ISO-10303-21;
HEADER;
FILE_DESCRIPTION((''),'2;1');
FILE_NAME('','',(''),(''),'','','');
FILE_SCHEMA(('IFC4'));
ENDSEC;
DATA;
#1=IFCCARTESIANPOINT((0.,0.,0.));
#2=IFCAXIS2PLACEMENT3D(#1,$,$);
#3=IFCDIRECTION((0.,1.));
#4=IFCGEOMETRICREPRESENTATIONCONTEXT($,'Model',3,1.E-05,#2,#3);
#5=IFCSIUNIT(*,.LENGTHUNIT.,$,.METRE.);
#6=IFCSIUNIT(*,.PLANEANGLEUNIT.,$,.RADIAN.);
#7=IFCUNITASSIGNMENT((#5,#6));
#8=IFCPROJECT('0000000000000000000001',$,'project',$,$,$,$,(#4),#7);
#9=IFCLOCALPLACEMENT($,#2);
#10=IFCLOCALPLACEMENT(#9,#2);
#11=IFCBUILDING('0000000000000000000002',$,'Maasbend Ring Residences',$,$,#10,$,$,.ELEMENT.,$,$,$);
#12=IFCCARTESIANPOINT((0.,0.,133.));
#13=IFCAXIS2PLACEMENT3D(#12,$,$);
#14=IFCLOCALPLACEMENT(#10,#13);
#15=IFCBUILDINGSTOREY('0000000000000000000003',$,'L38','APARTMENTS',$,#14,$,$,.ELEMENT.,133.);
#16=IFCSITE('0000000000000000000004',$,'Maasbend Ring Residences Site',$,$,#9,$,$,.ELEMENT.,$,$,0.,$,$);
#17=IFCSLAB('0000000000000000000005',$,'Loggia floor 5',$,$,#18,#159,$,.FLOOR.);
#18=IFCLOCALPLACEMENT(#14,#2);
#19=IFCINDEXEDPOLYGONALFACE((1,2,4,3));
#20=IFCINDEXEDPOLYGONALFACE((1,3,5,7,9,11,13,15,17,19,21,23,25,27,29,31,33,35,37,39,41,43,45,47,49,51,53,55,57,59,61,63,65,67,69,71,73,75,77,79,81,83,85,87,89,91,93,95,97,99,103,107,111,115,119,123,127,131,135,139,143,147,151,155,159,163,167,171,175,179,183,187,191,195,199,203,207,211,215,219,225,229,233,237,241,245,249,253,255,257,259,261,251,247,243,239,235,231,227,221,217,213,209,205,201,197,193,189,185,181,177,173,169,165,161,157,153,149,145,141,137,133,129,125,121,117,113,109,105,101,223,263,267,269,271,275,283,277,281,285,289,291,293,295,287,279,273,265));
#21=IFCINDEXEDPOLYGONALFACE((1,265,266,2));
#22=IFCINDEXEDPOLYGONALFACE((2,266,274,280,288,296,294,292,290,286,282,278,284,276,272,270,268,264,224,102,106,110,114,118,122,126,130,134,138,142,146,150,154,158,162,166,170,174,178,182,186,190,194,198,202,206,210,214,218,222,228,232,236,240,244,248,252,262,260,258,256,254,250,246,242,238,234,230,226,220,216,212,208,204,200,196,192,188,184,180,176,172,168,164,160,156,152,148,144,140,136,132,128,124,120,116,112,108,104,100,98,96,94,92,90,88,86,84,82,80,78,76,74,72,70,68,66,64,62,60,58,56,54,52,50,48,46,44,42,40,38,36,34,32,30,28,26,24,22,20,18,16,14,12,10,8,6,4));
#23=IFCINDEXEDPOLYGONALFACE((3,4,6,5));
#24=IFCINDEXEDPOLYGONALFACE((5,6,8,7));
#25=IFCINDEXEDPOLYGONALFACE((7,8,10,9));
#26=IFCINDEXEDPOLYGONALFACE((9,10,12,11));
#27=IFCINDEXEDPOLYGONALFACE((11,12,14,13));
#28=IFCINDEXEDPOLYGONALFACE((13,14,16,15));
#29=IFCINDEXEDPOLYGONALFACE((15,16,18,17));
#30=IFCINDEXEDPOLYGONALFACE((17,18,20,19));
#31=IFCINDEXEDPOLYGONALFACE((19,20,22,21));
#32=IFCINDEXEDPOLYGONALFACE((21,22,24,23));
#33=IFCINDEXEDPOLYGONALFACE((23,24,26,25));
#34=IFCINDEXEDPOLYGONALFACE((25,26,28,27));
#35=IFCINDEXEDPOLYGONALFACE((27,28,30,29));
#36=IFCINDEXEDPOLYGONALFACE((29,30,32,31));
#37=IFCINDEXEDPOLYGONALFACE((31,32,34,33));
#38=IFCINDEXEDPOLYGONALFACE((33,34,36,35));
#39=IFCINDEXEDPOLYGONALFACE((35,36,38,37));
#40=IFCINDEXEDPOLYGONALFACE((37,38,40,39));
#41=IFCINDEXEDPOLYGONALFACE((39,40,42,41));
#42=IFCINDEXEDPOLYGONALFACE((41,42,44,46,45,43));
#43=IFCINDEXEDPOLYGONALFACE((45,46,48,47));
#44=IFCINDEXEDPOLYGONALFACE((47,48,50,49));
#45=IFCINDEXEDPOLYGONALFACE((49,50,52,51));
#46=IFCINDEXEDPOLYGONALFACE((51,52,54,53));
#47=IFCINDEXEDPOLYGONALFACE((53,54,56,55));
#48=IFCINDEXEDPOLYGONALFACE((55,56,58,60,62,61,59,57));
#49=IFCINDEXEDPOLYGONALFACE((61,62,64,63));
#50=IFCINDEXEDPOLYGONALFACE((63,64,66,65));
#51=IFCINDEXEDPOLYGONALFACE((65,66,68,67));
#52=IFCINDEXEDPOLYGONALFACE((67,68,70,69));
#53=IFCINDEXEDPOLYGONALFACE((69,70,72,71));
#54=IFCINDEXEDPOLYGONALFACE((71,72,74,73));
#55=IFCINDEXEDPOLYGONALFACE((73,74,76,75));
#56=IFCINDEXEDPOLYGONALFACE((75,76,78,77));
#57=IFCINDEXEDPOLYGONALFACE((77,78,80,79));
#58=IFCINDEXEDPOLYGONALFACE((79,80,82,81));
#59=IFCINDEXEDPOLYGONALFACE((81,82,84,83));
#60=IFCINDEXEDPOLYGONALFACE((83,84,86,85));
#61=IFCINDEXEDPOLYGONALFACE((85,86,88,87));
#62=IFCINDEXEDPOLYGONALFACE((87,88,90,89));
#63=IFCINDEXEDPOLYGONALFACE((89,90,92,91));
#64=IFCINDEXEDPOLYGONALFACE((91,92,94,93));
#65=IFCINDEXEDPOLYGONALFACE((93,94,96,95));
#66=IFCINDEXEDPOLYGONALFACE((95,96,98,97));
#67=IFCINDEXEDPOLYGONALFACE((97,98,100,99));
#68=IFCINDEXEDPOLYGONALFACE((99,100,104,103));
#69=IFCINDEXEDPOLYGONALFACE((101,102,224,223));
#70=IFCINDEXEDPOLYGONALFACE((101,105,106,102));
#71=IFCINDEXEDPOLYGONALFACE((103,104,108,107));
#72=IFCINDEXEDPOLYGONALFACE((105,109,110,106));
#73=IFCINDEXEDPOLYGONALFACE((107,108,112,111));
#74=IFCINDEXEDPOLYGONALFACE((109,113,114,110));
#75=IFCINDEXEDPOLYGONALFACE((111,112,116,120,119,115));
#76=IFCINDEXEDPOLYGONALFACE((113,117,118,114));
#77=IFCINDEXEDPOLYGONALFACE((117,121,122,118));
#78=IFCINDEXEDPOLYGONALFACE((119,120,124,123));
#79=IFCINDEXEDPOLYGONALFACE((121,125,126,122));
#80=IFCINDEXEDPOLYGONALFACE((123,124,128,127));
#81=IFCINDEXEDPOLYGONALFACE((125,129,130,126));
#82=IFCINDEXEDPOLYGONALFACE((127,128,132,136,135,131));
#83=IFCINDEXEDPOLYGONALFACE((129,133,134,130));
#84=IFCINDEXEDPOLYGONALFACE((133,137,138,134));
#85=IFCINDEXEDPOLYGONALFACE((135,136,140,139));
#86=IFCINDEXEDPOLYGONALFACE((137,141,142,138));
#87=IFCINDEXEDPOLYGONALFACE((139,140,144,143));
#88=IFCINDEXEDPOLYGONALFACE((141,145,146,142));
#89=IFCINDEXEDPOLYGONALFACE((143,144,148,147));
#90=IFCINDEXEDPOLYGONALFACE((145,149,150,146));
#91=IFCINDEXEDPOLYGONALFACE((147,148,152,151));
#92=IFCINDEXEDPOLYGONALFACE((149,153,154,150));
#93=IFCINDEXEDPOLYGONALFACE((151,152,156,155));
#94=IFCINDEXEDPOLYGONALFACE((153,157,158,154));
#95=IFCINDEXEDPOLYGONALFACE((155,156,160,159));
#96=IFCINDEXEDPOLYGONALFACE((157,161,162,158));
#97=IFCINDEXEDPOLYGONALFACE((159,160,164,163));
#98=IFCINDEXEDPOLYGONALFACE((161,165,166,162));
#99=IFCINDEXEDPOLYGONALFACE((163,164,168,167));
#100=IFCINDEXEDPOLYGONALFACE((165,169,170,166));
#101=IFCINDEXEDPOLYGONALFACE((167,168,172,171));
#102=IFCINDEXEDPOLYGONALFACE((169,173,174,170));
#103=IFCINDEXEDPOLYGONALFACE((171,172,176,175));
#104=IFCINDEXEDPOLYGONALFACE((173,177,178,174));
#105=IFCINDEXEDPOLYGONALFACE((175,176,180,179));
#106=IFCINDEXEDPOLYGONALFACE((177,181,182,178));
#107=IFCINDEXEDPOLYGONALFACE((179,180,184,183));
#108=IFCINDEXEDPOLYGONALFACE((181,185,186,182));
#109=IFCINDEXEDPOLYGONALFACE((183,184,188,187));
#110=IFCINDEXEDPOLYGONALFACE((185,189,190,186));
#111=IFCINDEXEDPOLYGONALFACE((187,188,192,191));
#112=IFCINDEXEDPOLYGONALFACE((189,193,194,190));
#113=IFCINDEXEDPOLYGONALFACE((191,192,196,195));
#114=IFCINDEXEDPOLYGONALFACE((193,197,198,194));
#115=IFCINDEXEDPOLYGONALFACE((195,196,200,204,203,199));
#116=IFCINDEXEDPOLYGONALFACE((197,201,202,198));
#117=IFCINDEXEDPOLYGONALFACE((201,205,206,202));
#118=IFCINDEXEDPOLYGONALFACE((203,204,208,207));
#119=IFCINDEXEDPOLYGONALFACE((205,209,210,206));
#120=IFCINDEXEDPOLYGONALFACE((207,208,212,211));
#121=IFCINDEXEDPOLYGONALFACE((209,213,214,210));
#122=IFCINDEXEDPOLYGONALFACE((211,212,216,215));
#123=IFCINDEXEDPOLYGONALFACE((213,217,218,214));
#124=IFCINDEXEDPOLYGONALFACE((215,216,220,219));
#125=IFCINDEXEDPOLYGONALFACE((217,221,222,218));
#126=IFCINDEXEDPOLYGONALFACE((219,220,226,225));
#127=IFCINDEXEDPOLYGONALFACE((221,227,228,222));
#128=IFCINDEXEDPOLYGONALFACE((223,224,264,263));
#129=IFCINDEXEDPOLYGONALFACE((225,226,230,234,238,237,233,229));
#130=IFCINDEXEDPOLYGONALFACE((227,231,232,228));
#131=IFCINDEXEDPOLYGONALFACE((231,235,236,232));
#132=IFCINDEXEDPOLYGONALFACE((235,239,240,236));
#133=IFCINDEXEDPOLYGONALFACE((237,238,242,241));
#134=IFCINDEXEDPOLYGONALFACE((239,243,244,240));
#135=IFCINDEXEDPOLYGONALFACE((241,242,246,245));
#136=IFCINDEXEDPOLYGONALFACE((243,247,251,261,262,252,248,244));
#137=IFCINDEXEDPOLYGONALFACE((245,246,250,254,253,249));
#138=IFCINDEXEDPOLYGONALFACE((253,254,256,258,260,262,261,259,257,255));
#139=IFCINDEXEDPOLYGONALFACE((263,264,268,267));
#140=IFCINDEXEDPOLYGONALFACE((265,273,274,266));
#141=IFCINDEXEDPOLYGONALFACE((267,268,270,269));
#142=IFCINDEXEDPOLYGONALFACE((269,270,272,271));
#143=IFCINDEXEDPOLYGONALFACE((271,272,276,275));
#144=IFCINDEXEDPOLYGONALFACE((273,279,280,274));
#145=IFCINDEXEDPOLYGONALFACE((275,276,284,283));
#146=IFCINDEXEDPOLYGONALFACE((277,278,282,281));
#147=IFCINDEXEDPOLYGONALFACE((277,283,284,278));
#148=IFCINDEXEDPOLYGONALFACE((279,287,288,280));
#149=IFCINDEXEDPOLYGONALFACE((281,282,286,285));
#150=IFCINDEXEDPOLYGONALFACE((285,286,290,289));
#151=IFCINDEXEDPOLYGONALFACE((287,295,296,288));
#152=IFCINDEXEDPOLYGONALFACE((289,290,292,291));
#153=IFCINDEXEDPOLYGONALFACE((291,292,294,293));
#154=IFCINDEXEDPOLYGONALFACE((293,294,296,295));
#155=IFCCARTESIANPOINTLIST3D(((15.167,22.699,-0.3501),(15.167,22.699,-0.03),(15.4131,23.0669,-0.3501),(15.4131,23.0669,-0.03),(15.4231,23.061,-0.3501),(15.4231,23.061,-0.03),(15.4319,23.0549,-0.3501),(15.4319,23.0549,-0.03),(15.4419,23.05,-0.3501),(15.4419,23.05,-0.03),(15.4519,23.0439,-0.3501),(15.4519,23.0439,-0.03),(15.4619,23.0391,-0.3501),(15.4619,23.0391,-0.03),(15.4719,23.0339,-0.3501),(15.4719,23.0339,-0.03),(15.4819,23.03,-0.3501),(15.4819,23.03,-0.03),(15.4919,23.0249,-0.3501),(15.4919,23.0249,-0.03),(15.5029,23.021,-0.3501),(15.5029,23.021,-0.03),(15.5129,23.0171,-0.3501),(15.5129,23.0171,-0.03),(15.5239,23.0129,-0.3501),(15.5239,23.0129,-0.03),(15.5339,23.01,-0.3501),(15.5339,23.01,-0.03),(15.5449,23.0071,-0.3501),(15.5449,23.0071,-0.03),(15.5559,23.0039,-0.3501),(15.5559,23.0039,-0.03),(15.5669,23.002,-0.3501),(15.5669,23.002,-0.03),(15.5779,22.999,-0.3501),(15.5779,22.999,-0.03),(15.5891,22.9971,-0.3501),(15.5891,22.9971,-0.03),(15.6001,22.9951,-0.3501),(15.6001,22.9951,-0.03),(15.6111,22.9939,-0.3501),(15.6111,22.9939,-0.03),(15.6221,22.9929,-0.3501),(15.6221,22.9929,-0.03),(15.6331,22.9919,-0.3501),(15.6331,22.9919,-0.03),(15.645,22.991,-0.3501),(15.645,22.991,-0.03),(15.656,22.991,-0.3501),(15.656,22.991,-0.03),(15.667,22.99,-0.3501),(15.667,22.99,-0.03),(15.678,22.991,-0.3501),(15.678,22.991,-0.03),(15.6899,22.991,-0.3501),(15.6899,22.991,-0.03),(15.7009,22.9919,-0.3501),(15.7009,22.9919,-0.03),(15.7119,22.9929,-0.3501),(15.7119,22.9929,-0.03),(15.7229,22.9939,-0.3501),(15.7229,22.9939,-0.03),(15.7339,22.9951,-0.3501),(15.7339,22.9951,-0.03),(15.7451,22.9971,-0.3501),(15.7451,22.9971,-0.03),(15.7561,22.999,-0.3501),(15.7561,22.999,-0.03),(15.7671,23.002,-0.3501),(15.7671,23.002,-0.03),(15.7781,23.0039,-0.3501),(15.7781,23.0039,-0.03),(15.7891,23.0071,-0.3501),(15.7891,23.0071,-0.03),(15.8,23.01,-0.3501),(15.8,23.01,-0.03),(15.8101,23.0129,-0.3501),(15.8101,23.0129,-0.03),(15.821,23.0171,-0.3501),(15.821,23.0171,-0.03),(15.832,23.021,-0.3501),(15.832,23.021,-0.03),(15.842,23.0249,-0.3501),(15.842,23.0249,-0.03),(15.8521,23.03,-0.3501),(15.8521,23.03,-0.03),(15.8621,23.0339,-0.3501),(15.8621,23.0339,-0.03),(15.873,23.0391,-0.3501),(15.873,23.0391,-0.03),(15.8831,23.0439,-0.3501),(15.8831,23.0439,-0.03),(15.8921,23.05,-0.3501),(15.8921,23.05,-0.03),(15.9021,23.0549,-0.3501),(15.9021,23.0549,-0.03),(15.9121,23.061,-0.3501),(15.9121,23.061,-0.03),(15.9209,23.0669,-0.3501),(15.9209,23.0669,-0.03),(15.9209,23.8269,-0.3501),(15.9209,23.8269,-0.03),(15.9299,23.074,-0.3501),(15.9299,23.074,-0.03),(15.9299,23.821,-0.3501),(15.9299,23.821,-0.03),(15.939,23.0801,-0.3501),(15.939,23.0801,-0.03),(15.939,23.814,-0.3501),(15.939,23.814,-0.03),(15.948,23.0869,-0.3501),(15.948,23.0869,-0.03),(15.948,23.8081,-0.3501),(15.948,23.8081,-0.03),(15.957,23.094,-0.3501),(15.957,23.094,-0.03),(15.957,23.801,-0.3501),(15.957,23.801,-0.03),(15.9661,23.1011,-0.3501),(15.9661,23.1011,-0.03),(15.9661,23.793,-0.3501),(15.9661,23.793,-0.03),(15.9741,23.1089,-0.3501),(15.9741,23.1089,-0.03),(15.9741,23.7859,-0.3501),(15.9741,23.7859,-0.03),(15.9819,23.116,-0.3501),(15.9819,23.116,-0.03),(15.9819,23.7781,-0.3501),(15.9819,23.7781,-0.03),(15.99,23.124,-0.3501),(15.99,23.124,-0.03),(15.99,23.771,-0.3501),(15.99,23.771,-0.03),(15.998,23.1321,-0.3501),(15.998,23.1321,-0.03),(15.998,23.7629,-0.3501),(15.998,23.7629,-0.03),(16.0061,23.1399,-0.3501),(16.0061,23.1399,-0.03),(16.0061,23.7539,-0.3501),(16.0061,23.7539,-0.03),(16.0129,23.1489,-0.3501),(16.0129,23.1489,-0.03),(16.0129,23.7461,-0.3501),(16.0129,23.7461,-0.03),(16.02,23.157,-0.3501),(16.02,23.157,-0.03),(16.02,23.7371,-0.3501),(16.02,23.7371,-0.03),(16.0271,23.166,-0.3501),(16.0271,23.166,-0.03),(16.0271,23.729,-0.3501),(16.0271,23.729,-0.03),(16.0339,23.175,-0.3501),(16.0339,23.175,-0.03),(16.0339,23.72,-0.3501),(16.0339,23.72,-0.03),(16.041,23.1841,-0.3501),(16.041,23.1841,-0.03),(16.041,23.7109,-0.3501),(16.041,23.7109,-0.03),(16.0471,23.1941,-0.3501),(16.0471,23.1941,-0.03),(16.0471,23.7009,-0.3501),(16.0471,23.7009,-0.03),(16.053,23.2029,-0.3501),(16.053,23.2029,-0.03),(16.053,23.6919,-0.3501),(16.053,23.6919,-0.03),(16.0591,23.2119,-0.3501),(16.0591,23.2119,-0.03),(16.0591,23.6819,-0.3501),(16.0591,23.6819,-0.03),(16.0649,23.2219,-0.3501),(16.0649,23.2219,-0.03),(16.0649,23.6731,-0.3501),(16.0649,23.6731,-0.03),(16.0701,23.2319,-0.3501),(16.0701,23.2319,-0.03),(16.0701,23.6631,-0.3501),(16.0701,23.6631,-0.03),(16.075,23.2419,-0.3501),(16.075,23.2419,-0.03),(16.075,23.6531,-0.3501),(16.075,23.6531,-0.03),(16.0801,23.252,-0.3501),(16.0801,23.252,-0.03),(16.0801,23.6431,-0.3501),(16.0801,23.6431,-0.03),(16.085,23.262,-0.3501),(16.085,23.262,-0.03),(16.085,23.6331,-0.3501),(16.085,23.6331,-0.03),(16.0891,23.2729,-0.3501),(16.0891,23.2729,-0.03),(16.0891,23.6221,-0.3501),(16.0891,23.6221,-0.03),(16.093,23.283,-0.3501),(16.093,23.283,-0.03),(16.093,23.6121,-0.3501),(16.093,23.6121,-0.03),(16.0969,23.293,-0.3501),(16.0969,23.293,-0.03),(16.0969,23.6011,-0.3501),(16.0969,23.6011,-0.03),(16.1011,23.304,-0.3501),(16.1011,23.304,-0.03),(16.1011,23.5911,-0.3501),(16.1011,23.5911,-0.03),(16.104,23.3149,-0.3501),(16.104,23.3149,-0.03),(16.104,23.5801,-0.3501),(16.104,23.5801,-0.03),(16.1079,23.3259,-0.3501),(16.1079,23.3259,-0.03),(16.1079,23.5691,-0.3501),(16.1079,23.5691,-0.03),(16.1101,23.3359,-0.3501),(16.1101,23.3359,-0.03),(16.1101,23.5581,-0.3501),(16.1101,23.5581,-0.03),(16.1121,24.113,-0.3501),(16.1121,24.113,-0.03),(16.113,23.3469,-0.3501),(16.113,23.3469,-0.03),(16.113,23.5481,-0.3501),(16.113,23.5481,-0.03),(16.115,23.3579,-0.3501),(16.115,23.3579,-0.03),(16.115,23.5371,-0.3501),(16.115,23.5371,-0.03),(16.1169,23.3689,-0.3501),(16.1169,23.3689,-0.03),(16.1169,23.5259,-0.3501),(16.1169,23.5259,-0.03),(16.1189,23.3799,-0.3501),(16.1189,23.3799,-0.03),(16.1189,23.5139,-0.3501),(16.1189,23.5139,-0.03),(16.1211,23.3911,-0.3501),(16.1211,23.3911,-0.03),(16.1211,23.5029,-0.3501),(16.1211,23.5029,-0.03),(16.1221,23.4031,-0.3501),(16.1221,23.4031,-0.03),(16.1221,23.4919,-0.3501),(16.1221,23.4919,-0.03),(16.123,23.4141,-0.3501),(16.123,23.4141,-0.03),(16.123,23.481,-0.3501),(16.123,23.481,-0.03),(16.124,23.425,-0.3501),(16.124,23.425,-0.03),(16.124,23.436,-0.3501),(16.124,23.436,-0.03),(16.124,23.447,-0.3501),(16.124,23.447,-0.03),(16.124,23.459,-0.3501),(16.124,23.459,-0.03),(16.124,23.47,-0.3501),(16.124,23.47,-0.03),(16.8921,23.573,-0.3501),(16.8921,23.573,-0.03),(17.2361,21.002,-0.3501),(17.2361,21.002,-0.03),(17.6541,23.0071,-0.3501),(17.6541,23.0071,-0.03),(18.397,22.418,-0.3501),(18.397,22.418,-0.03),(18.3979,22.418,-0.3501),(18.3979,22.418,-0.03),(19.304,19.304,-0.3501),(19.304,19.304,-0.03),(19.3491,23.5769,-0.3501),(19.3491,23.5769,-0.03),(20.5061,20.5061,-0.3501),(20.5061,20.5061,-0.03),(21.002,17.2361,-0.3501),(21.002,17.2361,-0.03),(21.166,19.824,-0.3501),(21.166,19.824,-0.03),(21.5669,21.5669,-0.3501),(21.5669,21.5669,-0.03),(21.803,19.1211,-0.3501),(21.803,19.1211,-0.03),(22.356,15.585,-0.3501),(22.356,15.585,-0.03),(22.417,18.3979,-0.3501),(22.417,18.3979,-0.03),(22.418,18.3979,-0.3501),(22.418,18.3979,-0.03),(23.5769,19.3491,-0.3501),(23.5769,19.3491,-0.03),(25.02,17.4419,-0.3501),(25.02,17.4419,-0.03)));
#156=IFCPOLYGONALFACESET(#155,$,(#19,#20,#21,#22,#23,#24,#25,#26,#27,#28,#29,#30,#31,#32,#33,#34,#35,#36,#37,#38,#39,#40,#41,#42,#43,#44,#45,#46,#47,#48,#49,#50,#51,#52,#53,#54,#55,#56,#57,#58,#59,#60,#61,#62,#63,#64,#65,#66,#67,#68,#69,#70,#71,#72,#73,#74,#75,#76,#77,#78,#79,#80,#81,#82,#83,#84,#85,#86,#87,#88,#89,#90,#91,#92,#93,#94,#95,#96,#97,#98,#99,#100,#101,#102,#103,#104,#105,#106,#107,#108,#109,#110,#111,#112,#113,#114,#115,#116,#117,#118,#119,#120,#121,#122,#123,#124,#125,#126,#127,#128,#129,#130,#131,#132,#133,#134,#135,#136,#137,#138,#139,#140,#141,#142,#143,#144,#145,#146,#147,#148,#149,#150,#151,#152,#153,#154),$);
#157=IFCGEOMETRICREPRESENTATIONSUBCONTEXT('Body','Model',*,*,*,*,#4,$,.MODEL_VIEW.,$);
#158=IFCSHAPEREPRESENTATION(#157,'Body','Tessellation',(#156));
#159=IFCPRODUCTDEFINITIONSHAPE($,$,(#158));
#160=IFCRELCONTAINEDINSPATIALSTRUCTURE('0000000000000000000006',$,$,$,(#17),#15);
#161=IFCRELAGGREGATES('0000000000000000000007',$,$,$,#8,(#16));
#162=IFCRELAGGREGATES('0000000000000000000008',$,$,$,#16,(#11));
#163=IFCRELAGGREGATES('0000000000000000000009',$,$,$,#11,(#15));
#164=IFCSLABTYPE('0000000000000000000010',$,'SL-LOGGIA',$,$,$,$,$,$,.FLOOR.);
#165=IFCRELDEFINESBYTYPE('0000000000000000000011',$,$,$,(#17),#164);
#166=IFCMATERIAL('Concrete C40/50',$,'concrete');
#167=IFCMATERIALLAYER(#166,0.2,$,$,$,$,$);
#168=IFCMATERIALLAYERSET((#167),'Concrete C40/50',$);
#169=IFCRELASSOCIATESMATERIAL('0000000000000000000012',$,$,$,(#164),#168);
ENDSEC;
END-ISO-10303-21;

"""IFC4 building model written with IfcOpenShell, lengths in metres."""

from ifc_helpers import new_model, si_unit, direction, frame, origin, place, context, subcontext, project, spatial, polyline, outline, extrude, material, layer, layer_set, type_object, element, save


model = new_model("IFC4")

# Units and contexts
model_context = context("Model", 3, precision=1e-05, world=origin(), true_north=direction((0.0, 1.0)))
body_context = subcontext(model_context, "Body", "Model", "MODEL_VIEW")
ifc_project = project(units=[si_unit("LENGTHUNIT", "METRE"), si_unit("PLANEANGLEUNIT", "RADIAN")], contexts=[model_context])

# Site, building, storey
site_placement = place(None, origin())
site = spatial("IfcSite", under=ifc_project, at=site_placement, Name="Maasbend Ring Residences Site", CompositionType="ELEMENT", RefElevation=0.0)
building_placement = place(site_placement, origin())
building = spatial("IfcBuilding", under=site, at=building_placement, Name="Maasbend Ring Residences", CompositionType="ELEMENT")
storey_placement = place(building_placement, frame((0.0, 0.0, 133.0)))
storey = spatial("IfcBuildingStorey", under=building, at=storey_placement, Name="L38", Description="APARTMENTS", CompositionType="ELEMENT", Elevation=133.0)

# Slab
ifc_material_1 = material(Name="Concrete C40/50", Category="concrete")
ifc_layer_1 = layer(ifc_material_1, 0.2)
ifc_layer_set_1 = layer_set([ifc_layer_1], Name="Concrete C40/50")
slab_type_1 = type_object("IfcSlabType", Name="SL-LOGGIA", PredefinedType="FLOOR", material=ifc_layer_set_1)
slab_1_placement = place(storey_placement, frame((0.0, 0.0, -0.3501)))
element("IfcSlab", 1, at=slab_1_placement, inside=storey, type_object=slab_type_1, Name="Loggia floor 5", PredefinedType="FLOOR", context=body_context, shape_type="SweptSolid", body=[
    extrude(outline(polyline([(15.4319, 23.0549), (15.4419, 23.05), (15.4519, 23.0439), (15.4619, 23.0391), (15.4719, 23.0339), (15.4819, 23.03), (15.4919, 23.0249), (15.5029, 23.021), (15.5129, 23.0171), (15.5239, 23.0129), (15.5339, 23.01), (15.5449, 23.0071), (15.5559, 23.0039), (15.5669, 23.002), (15.5779, 22.999), (15.5891, 22.9971), (15.6001, 22.9951), (15.6111, 22.9939), (15.6221, 22.9929), (15.6331, 22.9919), (15.645, 22.991), (15.656, 22.991), (15.667, 22.99), (15.678, 22.991), (15.6899, 22.991), (15.7009, 22.9919), (15.7119, 22.9929), (15.7229, 22.9939), (15.7339, 22.9951), (15.7451, 22.9971), (15.7561, 22.999), (15.7671, 23.002), (15.7781, 23.0039), (15.7891, 23.0071), (15.8, 23.01), (15.8101, 23.0129), (15.821, 23.0171), (15.832, 23.021), (15.842, 23.0249), (15.8521, 23.03), (15.8621, 23.0339), (15.873, 23.0391), (15.8831, 23.0439), (15.8921, 23.05), (15.9021, 23.0549), (15.9121, 23.061), (15.9209, 23.0669), (15.9299, 23.074), (15.939, 23.0801), (15.948, 23.0869), (15.957, 23.094), (15.9661, 23.1011), (15.9741, 23.1089), (15.9819, 23.116), (15.99, 23.124), (15.998, 23.1321), (16.0061, 23.1399), (16.0129, 23.1489), (16.02, 23.157), (16.0271, 23.166), (16.0339, 23.175), (16.041, 23.1841), (16.0471, 23.1941), (16.053, 23.2029), (16.0591, 23.2119), (16.0649, 23.2219), (16.0701, 23.2319), (16.075, 23.2419), (16.0801, 23.252), (16.085, 23.262), (16.0891, 23.2729), (16.093, 23.283), (16.0969, 23.293), (16.1011, 23.304), (16.104, 23.3149), (16.1079, 23.3259), (16.1101, 23.3359), (16.113, 23.3469), (16.115, 23.3579), (16.1169, 23.3689), (16.1189, 23.3799), (16.1211, 23.3911), (16.1221, 23.4031), (16.123, 23.4141), (16.124, 23.425), (16.124, 23.436), (16.124, 23.447), (16.124, 23.459), (16.124, 23.47), (16.123, 23.481), (16.1221, 23.4919), (16.1211, 23.5029), (16.1189, 23.5139), (16.1169, 23.5259), (16.115, 23.5371), (16.113, 23.5481), (16.1101, 23.5581), (16.1079, 23.5691), (16.104, 23.5801), (16.1011, 23.5911), (16.0969, 23.6011), (16.093, 23.6121), (16.0891, 23.6221), (16.085, 23.6331), (16.0801, 23.6431), (16.075, 23.6531), (16.0701, 23.6631), (16.0649, 23.6731), (16.0591, 23.6819), (16.053, 23.6919), (16.0471, 23.7009), (16.041, 23.7109), (16.0339, 23.72), (16.0271, 23.729), (16.02, 23.7371), (16.0129, 23.7461), (16.0061, 23.7539), (15.998, 23.7629), (15.99, 23.771), (15.9819, 23.7781), (15.9741, 23.7859), (15.9661, 23.793), (15.957, 23.801), (15.948, 23.8081), (15.939, 23.814), (15.9299, 23.821), (15.9209, 23.8269), (15.9209, 23.8269), (16.1121, 24.113), (16.1121, 24.113), (16.1121, 24.113), (16.8921, 23.573), (16.8921, 23.573), (17.6541, 23.0071), (17.6541, 23.0071), (18.397, 22.418), (18.397, 22.418), (18.397, 22.418), (18.397, 22.418), (18.397, 22.418), (18.397, 22.418), (18.397, 22.418), (18.397, 22.418), (18.397, 22.418), (18.397, 22.418), (18.397, 22.418), (18.3979, 22.418), (18.3979, 22.418), (18.3979, 22.418), (18.3979, 22.418), (18.3979, 22.418), (18.3979, 22.418), (19.3491, 23.5769), (19.3491, 23.5769), (19.3491, 23.5769), (21.5669, 21.5669), (21.5669, 21.5669), (21.5669, 21.5669), (20.5061, 20.5061), (20.5061, 20.5061), (20.5061, 20.5061), (20.5061, 20.5061), (20.5061, 20.5061), (20.5061, 20.5061), (20.5061, 20.5061), (20.5061, 20.5061), (20.5061, 20.5061), (20.5061, 20.5061), (20.5061, 20.5061), (20.5061, 20.5061), (20.5061, 20.5061), (20.5061, 20.5061), (20.5061, 20.5061), (20.5061, 20.5061), (20.5061, 20.5061), (21.166, 19.824), (21.166, 19.824), (21.803, 19.1211), (21.803, 19.1211), (22.417, 18.3979), (22.417, 18.3979), (22.417, 18.3979), (22.417, 18.3979), (22.417, 18.3979), (22.417, 18.3979), (22.417, 18.3979), (22.417, 18.3979), (22.417, 18.3979), (22.417, 18.3979), (22.417, 18.3979), (22.417, 18.3979), (22.418, 18.3979), (22.418, 18.3979), (22.418, 18.3979), (22.418, 18.3979), (22.418, 18.3979), (23.5769, 19.3491), (23.5769, 19.3491), (23.5769, 19.3491), (25.02, 17.4419), (25.02, 17.4419), (25.02, 17.4419), (22.356, 15.585), (22.356, 15.585), (22.356, 15.585), (21.002, 17.2361), (19.304, 19.304), (19.304, 19.304), (19.304, 19.304), (17.2361, 21.002), (15.167, 22.699), (15.167, 22.699), (15.167, 22.699), (15.4131, 23.0669), (15.4131, 23.0669), (15.4231, 23.061), (15.4319, 23.0549)])), origin(), (0.0, 0.0, 1.0), 0.3201),
])

save(model, "model.ifc")
